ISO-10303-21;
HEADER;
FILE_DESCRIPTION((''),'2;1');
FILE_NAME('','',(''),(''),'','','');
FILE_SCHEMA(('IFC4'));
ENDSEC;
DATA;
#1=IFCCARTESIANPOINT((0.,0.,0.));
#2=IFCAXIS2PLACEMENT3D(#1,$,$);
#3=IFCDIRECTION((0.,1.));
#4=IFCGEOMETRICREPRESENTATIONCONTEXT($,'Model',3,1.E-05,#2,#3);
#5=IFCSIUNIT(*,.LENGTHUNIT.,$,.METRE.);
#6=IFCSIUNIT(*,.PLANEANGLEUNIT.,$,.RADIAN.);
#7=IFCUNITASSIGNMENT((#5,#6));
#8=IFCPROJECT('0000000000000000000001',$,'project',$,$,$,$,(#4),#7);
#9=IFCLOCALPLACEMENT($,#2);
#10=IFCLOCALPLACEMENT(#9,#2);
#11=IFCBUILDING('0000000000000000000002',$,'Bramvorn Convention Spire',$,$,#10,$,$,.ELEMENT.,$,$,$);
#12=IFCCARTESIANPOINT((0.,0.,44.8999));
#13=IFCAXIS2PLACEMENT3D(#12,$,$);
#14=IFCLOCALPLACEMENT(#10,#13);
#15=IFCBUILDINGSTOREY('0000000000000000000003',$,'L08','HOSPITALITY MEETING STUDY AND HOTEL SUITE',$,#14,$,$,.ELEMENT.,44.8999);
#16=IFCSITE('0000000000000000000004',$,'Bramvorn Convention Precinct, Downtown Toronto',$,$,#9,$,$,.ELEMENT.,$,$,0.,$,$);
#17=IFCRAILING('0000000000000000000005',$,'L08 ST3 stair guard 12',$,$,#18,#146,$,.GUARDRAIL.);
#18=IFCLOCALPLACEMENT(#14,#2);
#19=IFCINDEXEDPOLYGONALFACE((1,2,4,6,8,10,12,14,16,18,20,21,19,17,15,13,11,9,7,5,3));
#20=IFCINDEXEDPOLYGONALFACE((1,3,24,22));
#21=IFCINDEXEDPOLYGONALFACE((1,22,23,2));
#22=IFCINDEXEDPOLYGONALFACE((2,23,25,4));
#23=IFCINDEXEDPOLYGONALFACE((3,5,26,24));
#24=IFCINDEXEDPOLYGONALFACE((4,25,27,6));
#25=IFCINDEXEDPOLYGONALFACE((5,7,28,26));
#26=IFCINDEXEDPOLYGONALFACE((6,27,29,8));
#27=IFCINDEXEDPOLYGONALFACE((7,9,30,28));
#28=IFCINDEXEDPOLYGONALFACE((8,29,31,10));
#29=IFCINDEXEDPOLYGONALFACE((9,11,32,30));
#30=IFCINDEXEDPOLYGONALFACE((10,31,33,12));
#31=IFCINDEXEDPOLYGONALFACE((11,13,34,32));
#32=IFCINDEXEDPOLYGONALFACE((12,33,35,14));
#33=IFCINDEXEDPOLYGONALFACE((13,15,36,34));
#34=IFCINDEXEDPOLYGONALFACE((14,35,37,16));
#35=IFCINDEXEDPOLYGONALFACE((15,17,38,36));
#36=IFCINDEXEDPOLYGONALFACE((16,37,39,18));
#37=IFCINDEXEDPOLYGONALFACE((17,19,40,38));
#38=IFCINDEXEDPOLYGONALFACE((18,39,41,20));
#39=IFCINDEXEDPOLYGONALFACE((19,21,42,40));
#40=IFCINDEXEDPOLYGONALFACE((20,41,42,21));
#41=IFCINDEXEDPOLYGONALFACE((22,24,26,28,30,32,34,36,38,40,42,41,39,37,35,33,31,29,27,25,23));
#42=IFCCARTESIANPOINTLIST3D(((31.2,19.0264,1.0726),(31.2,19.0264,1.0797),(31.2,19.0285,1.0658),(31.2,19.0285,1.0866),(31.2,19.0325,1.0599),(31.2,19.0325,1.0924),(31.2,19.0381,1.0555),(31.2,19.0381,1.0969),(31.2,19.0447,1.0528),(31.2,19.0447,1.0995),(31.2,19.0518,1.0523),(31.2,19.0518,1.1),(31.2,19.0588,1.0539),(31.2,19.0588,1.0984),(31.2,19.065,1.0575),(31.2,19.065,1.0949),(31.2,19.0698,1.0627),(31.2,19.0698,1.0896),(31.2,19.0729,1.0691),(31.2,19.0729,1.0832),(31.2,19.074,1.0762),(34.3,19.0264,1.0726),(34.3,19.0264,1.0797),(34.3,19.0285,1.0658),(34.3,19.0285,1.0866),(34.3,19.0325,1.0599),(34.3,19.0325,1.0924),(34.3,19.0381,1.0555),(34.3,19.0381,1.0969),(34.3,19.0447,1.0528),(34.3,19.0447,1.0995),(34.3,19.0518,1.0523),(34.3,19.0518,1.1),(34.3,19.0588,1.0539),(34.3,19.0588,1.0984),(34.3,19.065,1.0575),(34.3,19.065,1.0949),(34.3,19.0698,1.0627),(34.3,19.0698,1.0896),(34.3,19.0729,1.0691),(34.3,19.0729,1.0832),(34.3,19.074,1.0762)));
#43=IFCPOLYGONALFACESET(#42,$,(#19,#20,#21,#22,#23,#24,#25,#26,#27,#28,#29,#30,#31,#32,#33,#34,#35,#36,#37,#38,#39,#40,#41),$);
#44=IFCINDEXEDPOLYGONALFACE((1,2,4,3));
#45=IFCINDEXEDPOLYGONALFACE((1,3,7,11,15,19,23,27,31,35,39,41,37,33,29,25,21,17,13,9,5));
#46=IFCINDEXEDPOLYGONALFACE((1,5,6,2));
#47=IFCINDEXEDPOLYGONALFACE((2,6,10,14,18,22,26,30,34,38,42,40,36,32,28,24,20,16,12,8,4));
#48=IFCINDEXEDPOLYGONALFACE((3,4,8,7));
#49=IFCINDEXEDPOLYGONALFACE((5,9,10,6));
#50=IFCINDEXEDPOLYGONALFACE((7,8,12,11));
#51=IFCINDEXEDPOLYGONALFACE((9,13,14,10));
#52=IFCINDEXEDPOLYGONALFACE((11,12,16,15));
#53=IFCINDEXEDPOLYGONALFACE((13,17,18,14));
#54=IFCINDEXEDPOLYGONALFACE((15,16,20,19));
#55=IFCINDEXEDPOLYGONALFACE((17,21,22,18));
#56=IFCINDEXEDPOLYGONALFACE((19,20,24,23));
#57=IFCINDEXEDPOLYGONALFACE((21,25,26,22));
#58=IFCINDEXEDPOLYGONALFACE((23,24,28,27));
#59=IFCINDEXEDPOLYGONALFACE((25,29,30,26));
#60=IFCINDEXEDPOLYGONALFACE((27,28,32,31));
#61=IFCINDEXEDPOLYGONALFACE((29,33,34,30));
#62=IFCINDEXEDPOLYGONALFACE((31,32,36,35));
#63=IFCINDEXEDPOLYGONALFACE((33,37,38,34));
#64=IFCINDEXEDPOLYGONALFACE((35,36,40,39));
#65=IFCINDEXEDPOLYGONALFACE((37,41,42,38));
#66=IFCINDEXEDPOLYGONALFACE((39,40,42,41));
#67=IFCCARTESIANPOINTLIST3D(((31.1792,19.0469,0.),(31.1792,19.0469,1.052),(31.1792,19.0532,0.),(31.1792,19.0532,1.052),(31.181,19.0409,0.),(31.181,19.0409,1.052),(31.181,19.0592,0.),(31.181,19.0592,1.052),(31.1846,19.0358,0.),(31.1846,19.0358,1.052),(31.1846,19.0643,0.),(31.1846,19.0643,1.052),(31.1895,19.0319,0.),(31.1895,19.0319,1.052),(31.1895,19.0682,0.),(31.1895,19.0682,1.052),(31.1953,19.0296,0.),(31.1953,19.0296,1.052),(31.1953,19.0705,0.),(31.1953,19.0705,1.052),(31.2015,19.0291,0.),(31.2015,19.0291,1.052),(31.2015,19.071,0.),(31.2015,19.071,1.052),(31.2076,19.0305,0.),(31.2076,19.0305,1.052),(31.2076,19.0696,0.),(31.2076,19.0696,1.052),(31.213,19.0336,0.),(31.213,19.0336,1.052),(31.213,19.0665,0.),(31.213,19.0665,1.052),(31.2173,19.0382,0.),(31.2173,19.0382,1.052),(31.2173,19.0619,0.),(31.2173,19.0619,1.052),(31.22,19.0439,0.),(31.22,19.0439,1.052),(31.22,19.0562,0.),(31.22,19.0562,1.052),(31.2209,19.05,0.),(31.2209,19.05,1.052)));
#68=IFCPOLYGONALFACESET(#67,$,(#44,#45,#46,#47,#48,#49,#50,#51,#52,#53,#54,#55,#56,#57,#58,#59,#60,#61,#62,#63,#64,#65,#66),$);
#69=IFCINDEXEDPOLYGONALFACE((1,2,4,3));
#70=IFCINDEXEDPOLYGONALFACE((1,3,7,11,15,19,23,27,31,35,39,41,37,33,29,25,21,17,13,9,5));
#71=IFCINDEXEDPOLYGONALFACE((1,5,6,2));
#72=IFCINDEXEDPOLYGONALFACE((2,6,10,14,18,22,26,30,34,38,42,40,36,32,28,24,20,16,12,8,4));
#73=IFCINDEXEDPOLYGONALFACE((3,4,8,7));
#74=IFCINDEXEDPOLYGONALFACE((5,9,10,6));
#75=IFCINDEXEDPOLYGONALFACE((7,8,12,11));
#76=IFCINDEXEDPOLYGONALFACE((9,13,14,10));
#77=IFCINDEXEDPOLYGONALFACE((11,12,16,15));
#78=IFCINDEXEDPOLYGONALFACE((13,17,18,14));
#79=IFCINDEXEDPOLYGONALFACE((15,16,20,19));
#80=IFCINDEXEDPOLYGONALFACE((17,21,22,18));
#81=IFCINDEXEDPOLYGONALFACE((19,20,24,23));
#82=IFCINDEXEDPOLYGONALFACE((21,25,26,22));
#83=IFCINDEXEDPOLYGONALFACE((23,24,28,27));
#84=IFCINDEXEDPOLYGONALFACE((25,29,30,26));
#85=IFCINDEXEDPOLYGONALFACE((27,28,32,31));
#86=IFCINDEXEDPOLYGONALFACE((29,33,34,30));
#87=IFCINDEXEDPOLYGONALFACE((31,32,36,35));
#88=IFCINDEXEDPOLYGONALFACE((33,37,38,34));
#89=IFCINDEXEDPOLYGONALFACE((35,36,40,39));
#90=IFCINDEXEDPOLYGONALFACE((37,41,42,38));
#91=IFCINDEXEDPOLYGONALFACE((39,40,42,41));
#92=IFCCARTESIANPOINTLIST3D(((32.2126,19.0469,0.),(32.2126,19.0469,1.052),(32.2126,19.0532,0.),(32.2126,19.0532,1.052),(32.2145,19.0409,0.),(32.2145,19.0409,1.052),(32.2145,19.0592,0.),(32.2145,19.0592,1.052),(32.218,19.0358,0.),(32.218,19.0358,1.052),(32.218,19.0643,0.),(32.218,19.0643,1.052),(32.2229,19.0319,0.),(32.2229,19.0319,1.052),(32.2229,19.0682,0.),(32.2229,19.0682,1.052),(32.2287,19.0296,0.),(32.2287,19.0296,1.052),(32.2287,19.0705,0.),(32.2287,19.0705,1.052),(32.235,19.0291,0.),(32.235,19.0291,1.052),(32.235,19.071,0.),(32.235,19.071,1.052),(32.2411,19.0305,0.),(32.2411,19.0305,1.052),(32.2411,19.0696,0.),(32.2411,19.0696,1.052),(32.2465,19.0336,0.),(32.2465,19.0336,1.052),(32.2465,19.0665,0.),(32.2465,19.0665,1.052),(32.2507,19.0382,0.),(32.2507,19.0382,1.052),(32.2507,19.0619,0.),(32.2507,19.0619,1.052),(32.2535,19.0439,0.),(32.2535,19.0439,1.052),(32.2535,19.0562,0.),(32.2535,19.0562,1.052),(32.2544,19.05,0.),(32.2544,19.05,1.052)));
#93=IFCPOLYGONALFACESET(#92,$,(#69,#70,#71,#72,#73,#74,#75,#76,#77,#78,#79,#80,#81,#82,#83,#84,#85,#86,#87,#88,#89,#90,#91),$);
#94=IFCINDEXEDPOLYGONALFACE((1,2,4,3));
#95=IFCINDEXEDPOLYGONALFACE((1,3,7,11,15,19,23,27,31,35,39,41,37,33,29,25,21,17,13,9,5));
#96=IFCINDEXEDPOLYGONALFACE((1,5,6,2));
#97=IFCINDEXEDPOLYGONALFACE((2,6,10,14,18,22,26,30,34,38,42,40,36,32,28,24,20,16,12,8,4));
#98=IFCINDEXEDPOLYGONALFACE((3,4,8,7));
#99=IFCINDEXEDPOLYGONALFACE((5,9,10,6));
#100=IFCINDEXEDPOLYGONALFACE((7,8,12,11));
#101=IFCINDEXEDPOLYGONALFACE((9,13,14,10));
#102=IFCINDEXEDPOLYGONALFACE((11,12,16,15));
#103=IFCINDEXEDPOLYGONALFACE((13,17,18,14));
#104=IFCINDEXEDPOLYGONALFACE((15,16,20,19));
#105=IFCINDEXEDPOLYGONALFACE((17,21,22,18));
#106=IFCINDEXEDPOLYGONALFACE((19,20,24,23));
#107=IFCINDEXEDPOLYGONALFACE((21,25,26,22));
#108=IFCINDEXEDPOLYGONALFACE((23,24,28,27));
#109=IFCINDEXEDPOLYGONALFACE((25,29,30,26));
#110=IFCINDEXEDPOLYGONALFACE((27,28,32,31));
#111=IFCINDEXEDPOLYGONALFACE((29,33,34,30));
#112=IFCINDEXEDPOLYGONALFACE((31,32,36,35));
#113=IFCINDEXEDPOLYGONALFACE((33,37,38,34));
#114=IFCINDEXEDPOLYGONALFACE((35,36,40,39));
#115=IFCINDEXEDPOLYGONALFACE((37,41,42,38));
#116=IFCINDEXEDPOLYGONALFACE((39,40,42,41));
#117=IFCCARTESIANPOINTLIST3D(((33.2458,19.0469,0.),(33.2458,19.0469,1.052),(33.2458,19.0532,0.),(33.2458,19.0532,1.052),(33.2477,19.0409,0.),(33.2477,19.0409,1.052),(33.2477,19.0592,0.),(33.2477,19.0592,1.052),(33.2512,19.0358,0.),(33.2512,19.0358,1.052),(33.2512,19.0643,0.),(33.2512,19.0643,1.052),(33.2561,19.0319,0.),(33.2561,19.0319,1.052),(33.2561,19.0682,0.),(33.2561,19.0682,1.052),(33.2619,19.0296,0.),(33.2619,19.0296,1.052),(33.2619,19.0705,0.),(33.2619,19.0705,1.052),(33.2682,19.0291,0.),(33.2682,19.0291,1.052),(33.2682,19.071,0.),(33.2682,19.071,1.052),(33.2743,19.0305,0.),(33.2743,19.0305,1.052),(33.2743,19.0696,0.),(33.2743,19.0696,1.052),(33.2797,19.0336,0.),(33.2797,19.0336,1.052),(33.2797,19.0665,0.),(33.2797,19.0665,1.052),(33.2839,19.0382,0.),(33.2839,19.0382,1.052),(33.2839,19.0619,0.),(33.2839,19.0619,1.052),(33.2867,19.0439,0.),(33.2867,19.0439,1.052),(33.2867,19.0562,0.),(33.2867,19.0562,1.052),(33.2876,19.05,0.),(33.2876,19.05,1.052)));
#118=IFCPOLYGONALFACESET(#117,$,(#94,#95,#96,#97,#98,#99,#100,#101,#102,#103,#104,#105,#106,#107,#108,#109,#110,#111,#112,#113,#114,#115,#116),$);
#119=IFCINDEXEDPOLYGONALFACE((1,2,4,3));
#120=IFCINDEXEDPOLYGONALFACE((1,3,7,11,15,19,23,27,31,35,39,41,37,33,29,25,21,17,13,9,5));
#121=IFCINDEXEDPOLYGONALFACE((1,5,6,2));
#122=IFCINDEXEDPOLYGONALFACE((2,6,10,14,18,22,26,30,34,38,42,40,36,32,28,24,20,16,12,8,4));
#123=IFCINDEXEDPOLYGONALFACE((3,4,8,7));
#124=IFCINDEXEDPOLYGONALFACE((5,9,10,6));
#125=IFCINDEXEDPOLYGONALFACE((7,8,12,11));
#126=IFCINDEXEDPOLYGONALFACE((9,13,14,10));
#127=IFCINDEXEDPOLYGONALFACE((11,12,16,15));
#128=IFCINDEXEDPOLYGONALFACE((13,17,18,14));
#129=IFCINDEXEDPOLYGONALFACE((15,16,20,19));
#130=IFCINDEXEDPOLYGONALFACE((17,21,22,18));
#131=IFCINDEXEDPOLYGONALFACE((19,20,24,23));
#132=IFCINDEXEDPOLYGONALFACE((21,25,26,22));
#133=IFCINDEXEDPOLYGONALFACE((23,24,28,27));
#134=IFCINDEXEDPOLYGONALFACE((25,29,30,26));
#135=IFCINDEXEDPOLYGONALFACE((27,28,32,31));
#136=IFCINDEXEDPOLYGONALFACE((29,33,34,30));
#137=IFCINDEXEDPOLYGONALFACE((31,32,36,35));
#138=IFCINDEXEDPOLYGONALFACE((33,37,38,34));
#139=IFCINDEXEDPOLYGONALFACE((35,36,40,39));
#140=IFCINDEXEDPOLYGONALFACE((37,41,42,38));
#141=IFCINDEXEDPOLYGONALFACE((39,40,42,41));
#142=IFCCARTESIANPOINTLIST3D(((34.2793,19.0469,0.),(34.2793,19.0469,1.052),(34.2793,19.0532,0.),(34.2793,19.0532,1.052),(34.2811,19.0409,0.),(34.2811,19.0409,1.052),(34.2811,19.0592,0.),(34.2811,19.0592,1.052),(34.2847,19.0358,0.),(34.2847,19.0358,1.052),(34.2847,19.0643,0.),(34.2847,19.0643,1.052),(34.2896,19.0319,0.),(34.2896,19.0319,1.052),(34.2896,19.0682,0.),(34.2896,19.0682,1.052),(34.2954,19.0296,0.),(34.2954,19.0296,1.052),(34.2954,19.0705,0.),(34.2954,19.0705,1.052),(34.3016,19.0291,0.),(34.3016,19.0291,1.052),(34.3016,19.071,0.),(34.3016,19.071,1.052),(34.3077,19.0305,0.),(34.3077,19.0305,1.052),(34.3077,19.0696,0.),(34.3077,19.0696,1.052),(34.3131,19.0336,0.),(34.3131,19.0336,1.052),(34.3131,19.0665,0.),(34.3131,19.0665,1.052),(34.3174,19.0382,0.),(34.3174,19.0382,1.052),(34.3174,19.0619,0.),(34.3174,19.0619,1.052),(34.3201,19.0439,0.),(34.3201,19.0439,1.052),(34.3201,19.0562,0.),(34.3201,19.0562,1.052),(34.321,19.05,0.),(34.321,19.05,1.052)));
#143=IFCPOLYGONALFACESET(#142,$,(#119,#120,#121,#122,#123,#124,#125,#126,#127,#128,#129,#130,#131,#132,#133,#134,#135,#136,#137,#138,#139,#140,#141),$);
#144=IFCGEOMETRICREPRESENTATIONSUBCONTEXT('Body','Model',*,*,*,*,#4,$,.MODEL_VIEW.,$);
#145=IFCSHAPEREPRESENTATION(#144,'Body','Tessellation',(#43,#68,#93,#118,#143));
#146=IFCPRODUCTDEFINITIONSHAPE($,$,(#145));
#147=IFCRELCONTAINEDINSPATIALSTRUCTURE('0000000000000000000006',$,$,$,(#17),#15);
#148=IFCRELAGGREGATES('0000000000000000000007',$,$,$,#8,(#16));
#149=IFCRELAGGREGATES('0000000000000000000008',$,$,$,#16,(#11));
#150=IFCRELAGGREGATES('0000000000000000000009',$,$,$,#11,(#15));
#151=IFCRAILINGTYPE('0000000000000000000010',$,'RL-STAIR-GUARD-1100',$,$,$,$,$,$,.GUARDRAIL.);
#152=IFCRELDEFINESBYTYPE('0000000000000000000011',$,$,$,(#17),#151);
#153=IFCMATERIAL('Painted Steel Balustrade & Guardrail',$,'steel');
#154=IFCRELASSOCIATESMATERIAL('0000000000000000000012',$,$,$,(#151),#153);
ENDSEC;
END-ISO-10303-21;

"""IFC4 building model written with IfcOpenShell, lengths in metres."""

from ifc_helpers import new_model, si_unit, direction, frame, origin, origin_2d, place, context, subcontext, project, spatial, circle, extrude, material, type_object, element, save


model = new_model("IFC4")

# Units and contexts
model_context = context("Model", 3, precision=1e-05, world=origin(), true_north=direction((0.0, 1.0)))
body_context = subcontext(model_context, "Body", "Model", "MODEL_VIEW")
ifc_project = project(units=[si_unit("LENGTHUNIT", "METRE"), si_unit("PLANEANGLEUNIT", "RADIAN")], contexts=[model_context])

# Site, building, storey
site_placement = place(None, origin())
site = spatial("IfcSite", under=ifc_project, at=site_placement, Name="Bramvorn Convention Precinct, Downtown Toronto", CompositionType="ELEMENT", RefElevation=0.0)
building_placement = place(site_placement, origin())
building = spatial("IfcBuilding", under=site, at=building_placement, Name="Bramvorn Convention Spire", CompositionType="ELEMENT")
storey_placement = place(building_placement, frame((0.0, 0.0, 44.8999)))
storey = spatial("IfcBuildingStorey", under=building, at=storey_placement, Name="L08", Description="HOSPITALITY MEETING STUDY AND HOTEL SUITE", CompositionType="ELEMENT", Elevation=44.8999)

# Railing
ifc_material_1 = material(Name="Painted Steel Balustrade & Guardrail", Category="steel")
railing_type_1 = type_object("IfcRailingType", Name="RL-STAIR-GUARD-1100", PredefinedType="GUARDRAIL", material=ifc_material_1)
railing_1_placement = place(storey_placement, frame((31.2, 19.05, 0.0)))
element("IfcRailing", 1, at=railing_1_placement, inside=storey, type_object=railing_type_1, Name="L08 ST3 stair guard 12", PredefinedType="GUARDRAIL", context=body_context, shape_type="SweptSolid", body=[
    extrude(circle(Radius=0.0239, at=origin_2d()), frame((0.0, 0.0, 1.0762), z_axis=(1.0, 0.0, 0.0), x_axis=(0.0, 1.0, 0.0)), (0.0, 0.0, 1.0), 3.1001),
    extrude(circle(Radius=0.021, at=origin_2d()), origin(), (0.0, 0.0, 1.0), 1.052),
    extrude(circle(Radius=0.021, at=origin_2d()), frame((1.0334, 0.0, 0.0)), (0.0, 0.0, 1.0), 1.052),
    extrude(circle(Radius=0.021, at=origin_2d()), frame((2.0667, 0.0, 0.0)), (0.0, 0.0, 1.0), 1.052),
    extrude(circle(Radius=0.021, at=origin_2d()), frame((3.1001, 0.0, 0.0)), (0.0, 0.0, 1.0), 1.052),
])

save(model, "model.ifc")
